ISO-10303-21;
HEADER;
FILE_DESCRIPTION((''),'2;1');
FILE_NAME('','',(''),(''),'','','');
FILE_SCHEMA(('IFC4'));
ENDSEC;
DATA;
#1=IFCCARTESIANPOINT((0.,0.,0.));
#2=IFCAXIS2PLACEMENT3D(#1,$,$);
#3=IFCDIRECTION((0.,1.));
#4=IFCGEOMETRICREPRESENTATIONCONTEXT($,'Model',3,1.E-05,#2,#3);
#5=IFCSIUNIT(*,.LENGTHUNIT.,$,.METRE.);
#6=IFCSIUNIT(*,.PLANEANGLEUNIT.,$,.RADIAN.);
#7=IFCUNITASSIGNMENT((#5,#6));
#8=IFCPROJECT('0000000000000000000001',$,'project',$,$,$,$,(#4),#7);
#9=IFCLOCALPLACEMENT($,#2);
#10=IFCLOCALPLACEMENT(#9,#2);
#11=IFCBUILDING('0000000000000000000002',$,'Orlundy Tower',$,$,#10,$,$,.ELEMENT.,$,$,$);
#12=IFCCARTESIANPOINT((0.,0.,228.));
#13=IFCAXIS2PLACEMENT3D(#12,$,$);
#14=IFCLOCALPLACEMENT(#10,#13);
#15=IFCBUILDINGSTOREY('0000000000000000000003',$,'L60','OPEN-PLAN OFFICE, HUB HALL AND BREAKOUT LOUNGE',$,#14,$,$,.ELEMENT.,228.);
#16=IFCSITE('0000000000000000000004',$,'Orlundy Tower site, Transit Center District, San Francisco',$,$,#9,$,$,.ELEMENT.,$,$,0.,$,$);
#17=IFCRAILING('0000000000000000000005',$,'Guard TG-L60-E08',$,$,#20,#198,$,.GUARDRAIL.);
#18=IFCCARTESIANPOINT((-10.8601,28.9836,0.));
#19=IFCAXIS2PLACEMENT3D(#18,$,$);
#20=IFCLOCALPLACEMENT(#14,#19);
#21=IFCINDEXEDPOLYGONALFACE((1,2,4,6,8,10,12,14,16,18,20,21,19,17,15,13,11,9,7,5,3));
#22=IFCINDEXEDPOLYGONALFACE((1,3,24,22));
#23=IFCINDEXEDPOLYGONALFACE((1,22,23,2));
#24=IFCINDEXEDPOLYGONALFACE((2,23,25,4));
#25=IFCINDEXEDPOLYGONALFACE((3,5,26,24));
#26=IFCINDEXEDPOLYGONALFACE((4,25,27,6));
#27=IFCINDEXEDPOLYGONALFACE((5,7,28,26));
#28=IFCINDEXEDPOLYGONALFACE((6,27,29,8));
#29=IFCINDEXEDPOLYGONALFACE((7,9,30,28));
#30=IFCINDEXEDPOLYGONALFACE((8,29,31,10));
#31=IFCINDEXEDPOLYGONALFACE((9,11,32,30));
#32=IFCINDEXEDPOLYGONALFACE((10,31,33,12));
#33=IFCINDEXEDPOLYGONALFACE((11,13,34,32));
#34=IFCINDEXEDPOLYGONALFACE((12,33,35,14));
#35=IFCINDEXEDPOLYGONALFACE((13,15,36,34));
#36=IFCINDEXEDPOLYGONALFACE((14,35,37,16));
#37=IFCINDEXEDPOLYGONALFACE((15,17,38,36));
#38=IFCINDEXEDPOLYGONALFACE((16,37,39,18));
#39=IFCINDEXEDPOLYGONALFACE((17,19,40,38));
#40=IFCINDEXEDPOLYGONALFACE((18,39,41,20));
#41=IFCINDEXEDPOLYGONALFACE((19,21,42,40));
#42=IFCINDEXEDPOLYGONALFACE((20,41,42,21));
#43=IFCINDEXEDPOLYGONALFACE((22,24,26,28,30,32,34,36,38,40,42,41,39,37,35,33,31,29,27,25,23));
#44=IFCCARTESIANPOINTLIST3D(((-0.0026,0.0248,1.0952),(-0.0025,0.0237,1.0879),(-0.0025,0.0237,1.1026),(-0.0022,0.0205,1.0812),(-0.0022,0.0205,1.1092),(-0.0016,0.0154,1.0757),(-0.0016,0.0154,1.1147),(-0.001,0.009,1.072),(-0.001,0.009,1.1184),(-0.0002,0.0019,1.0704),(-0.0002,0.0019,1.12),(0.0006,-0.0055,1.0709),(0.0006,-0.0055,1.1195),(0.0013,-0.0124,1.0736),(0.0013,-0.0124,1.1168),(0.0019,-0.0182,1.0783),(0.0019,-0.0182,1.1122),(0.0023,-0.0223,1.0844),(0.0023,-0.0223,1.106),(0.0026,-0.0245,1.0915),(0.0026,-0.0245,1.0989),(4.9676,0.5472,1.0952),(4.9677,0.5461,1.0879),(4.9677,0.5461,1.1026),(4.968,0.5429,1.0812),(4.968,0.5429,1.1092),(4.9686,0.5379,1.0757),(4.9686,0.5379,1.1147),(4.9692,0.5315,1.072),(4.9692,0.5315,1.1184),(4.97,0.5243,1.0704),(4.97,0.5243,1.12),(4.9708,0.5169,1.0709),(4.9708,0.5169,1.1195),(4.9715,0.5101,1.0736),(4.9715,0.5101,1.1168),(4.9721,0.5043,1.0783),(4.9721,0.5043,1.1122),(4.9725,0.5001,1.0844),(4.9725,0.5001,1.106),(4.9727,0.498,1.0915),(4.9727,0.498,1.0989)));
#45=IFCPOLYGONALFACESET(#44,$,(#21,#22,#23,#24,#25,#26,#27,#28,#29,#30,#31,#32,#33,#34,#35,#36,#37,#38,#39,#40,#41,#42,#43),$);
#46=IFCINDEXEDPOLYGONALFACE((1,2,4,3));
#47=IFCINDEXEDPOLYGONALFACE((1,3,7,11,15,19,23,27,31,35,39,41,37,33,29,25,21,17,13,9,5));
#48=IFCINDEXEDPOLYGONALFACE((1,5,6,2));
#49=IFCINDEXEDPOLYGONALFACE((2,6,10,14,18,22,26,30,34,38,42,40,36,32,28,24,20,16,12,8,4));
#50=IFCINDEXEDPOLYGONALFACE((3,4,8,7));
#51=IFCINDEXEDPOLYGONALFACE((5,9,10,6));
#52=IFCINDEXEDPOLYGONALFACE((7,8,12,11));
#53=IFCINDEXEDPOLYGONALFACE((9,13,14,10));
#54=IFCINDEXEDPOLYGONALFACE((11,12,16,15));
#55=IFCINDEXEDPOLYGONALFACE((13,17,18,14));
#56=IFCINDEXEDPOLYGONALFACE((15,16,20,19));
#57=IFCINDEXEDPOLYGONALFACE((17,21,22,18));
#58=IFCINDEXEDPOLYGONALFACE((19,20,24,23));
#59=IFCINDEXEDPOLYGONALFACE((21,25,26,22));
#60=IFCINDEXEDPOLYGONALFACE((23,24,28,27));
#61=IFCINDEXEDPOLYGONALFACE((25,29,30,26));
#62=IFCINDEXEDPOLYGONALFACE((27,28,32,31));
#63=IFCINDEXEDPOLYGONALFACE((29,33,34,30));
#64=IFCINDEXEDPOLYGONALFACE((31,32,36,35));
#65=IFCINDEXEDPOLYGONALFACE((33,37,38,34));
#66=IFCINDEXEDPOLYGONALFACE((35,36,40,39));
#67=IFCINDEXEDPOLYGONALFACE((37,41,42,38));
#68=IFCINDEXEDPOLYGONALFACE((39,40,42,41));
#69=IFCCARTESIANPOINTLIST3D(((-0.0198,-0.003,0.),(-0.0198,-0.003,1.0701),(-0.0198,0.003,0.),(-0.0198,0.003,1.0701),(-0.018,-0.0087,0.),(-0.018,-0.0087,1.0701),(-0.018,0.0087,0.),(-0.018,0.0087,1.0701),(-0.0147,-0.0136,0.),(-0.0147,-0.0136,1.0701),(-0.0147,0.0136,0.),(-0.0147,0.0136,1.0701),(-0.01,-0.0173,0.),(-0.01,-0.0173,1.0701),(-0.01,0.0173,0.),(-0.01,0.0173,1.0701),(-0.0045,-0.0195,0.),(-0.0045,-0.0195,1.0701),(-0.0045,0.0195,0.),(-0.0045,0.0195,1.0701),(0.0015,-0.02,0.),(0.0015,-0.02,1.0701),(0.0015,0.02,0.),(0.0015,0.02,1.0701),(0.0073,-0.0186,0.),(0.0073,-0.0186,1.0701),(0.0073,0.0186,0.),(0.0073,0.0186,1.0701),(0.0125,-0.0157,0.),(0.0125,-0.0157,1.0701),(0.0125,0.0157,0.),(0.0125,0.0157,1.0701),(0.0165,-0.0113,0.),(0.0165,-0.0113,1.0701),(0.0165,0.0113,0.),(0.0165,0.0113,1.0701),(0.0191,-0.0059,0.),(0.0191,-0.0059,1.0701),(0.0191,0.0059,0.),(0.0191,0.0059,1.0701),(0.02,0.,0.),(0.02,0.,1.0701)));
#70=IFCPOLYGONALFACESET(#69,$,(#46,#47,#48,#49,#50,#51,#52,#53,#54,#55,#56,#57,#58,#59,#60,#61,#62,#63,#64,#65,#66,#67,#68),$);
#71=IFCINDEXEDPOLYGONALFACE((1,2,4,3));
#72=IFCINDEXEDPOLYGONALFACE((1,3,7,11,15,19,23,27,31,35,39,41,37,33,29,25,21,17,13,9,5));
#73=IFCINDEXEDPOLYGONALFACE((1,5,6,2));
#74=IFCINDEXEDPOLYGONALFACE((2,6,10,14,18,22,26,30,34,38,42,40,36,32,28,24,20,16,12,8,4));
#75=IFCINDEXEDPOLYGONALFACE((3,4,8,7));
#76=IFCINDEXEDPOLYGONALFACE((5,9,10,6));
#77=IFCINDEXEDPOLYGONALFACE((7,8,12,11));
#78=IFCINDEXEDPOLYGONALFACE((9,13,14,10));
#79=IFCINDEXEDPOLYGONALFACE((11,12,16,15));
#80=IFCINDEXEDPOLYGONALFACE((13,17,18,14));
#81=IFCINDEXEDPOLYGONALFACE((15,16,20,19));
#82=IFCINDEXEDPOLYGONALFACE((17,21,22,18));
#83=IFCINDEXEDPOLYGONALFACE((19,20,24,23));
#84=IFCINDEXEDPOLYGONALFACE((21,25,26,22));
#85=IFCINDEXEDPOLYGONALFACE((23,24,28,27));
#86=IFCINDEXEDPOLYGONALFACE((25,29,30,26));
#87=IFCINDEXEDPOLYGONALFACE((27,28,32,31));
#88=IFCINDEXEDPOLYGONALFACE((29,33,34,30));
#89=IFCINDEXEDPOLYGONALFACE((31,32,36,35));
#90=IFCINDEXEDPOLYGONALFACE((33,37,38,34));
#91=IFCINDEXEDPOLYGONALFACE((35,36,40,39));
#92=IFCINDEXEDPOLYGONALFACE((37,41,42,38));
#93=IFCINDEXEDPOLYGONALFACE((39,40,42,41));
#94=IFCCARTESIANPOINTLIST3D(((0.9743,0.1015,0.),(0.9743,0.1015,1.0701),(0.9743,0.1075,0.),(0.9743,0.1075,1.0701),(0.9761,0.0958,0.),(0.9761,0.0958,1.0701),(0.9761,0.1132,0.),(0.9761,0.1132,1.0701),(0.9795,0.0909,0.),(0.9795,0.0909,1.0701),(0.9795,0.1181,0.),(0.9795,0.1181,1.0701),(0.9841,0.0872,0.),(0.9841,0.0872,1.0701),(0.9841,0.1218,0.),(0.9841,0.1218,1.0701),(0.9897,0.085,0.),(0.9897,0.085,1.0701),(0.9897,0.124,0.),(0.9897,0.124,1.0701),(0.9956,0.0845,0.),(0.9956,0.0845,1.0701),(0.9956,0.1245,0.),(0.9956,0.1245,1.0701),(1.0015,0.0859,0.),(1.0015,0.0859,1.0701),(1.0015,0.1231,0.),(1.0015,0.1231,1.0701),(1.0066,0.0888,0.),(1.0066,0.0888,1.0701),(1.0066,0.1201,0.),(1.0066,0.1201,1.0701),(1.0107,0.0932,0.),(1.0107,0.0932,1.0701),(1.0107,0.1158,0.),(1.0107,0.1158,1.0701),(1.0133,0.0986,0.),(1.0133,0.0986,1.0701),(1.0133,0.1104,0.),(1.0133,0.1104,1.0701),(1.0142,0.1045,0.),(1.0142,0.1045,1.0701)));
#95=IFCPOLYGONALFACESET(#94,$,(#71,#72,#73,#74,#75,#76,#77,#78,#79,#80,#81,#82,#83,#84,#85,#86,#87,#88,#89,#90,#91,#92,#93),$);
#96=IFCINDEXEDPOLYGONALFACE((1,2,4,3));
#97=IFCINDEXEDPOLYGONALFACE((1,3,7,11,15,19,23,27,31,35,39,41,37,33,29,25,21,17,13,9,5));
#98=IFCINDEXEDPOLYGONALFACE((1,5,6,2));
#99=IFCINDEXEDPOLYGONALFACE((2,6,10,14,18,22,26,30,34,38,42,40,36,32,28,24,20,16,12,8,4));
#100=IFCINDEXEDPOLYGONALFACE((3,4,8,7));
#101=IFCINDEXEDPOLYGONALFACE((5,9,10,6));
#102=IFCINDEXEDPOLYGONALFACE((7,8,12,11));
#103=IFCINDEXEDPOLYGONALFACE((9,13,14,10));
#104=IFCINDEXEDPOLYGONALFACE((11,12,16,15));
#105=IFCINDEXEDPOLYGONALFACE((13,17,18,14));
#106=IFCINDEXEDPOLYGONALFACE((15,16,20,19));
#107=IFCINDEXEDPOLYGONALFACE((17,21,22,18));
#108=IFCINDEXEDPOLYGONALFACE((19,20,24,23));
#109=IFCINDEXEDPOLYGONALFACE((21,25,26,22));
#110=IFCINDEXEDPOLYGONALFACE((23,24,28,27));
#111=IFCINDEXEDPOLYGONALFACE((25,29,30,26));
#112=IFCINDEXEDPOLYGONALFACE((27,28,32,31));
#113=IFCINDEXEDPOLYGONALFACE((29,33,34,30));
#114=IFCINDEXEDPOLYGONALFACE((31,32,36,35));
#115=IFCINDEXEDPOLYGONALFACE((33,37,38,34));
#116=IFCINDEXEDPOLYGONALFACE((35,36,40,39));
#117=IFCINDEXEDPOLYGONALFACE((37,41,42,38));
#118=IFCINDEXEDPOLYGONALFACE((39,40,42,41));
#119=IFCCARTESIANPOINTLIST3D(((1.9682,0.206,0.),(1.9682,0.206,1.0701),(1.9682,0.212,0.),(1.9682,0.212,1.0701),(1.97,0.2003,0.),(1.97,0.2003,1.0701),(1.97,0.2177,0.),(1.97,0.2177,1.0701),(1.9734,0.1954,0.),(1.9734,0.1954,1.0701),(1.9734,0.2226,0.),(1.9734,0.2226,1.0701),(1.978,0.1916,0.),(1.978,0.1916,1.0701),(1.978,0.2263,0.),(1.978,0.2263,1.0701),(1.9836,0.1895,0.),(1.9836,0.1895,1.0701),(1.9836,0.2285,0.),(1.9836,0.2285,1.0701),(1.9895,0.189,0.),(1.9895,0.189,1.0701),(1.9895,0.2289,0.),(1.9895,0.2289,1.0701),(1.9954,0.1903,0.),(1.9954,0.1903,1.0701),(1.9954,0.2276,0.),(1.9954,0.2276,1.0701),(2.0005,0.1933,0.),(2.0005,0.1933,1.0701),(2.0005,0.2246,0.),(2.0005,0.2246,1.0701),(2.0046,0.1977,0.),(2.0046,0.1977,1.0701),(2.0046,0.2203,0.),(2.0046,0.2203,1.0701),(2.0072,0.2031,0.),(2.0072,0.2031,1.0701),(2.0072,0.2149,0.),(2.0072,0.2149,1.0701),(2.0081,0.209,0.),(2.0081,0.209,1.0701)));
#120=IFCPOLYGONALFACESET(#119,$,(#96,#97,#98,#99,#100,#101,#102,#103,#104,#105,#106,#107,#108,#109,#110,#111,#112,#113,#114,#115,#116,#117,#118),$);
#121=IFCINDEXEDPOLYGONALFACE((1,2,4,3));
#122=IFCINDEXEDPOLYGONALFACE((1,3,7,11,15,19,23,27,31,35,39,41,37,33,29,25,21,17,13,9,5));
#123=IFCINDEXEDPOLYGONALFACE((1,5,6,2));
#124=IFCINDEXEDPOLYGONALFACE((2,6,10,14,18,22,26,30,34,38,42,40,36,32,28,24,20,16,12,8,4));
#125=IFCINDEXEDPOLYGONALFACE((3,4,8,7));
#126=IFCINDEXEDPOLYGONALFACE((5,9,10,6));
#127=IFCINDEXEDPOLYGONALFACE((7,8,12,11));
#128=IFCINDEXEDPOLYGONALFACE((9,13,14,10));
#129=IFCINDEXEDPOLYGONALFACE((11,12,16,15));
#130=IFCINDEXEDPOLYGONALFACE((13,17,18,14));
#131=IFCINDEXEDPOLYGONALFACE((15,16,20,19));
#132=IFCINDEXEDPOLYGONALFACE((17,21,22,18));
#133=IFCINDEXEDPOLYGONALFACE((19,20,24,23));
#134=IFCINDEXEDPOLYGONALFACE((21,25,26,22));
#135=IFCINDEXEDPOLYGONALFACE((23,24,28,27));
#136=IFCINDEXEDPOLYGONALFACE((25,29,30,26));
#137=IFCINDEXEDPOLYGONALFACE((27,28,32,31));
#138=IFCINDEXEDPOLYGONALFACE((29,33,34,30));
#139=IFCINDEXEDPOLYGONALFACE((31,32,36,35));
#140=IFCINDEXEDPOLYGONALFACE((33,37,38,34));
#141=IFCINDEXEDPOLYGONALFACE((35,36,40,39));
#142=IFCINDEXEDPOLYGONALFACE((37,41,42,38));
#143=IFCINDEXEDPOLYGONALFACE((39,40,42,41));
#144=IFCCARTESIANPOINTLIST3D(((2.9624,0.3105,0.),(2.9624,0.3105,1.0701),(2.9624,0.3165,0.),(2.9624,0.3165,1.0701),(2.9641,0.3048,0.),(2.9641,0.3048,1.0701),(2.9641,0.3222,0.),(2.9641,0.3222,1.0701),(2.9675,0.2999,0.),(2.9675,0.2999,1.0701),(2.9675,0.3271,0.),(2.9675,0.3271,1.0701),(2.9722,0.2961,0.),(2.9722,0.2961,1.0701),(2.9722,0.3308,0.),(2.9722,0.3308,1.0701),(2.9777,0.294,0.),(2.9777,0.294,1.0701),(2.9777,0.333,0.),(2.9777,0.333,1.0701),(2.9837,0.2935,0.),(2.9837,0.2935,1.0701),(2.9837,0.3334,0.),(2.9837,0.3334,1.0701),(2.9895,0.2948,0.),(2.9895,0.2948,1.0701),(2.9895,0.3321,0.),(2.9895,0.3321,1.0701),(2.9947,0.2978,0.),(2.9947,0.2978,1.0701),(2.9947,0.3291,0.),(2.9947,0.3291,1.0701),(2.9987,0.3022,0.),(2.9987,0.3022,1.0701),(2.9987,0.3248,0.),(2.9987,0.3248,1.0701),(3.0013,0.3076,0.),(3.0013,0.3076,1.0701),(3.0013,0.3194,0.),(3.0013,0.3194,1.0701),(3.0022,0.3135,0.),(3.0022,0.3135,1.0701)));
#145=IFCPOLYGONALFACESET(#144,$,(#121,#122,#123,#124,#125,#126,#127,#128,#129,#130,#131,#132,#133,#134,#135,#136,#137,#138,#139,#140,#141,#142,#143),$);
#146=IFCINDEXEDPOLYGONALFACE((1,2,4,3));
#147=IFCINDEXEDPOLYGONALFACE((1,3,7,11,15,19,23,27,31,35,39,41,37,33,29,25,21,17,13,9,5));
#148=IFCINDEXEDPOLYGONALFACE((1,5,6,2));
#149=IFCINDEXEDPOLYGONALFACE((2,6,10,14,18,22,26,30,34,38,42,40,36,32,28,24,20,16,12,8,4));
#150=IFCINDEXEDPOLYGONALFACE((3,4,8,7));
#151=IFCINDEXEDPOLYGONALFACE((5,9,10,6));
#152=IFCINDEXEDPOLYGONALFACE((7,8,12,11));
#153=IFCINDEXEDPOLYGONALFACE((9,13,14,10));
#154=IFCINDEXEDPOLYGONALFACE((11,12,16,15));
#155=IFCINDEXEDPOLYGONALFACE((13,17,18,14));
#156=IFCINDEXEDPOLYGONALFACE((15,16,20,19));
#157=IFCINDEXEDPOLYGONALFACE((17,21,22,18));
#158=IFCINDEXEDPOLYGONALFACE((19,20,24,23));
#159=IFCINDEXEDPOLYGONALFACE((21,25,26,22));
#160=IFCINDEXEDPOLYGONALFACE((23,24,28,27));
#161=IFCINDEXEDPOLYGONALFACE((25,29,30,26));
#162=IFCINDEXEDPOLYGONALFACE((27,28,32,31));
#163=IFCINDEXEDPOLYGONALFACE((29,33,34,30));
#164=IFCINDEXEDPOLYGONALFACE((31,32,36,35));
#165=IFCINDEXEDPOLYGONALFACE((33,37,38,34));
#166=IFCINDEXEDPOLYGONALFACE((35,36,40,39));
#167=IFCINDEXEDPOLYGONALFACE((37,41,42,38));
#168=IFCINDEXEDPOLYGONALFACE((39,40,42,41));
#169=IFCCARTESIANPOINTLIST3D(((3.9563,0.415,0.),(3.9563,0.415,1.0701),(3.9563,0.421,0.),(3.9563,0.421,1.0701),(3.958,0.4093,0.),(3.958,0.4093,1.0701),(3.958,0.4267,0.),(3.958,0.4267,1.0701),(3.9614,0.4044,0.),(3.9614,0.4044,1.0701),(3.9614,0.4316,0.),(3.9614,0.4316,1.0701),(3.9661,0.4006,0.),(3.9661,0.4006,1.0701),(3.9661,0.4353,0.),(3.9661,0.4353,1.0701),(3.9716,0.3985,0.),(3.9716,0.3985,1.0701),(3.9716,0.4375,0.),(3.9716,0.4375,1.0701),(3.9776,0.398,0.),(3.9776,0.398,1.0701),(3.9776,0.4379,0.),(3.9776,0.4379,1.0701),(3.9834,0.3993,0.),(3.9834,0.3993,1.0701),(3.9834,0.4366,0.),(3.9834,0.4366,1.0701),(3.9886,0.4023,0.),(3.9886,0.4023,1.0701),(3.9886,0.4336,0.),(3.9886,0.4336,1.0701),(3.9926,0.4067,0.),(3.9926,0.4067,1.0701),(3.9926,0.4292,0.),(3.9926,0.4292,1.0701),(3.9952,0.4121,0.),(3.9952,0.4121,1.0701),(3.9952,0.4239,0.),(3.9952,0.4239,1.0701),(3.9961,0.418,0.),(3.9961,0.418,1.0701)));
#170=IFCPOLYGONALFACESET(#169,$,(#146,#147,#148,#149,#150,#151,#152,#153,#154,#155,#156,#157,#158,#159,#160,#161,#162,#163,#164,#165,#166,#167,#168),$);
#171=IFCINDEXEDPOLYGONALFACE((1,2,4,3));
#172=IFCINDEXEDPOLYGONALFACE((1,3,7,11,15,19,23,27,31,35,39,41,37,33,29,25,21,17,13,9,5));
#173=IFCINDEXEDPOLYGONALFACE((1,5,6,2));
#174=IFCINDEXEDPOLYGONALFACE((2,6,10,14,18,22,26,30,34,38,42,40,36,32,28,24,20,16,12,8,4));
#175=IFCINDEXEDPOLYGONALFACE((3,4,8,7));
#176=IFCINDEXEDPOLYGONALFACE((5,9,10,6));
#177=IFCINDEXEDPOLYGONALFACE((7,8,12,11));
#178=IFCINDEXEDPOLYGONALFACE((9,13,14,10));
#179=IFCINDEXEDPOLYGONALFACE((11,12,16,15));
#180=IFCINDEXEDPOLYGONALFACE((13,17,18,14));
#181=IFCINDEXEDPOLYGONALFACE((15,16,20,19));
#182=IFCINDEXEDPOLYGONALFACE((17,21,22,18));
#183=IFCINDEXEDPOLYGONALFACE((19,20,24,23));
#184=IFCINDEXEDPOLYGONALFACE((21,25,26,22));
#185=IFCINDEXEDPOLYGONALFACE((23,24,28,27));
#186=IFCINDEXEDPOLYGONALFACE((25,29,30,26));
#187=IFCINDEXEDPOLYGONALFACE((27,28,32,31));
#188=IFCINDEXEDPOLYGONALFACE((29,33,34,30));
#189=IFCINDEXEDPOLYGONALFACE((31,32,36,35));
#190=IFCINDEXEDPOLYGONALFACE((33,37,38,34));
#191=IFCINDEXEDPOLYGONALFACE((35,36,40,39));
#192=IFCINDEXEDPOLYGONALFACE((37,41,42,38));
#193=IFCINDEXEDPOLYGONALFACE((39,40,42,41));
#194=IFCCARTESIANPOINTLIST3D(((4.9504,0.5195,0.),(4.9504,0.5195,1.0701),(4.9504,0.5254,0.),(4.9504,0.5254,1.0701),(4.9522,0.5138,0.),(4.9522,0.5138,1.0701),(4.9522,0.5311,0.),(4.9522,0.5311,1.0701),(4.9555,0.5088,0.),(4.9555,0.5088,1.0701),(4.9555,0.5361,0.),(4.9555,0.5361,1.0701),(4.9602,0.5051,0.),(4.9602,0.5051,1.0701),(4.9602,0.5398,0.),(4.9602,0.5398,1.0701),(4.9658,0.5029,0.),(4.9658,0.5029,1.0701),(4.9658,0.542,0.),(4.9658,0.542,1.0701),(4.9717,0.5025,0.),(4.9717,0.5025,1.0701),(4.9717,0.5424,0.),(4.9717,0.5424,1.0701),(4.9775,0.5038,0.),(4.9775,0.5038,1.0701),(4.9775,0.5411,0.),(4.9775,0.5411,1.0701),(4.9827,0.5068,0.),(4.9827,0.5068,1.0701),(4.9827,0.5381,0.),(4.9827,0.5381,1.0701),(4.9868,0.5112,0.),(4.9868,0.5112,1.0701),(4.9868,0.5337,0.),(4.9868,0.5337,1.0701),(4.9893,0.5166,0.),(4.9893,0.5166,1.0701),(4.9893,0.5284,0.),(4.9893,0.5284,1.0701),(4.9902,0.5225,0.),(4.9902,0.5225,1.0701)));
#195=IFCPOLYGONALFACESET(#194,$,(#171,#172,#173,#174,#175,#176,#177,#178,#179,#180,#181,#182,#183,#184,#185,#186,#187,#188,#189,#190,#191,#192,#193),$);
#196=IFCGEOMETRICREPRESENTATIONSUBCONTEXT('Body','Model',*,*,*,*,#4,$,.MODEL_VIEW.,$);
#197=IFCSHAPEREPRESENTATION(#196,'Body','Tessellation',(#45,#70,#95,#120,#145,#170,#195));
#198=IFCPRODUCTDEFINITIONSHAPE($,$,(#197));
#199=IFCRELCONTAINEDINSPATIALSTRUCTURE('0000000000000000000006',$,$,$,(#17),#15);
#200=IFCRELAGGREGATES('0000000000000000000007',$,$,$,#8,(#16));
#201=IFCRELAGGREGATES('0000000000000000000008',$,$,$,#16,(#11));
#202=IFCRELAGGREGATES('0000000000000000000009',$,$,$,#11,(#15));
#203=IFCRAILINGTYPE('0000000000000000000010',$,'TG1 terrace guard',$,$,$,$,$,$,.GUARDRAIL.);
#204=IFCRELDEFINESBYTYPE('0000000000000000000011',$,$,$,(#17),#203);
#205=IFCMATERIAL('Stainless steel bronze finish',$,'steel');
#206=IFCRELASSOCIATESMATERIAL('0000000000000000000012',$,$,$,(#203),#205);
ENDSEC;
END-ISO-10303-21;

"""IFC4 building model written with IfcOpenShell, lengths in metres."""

from ifc_helpers import new_model, si_unit, direction, frame, origin, origin_2d, place, context, subcontext, project, spatial, circle, extrude, material, type_object, element, save


model = new_model("IFC4")

# Units and contexts
model_context = context("Model", 3, precision=1e-05, world=origin(), true_north=direction((0.0, 1.0)))
body_context = subcontext(model_context, "Body", "Model", "MODEL_VIEW")
ifc_project = project(units=[si_unit("LENGTHUNIT", "METRE"), si_unit("PLANEANGLEUNIT", "RADIAN")], contexts=[model_context])

# Site, building, storey
site_placement = place(None, origin())
site = spatial("IfcSite", under=ifc_project, at=site_placement, Name="Orlundy Tower site, Transit Center District, San Francisco", CompositionType="ELEMENT", RefElevation=0.0)
building_placement = place(site_placement, origin())
building = spatial("IfcBuilding", under=site, at=building_placement, Name="Orlundy Tower", CompositionType="ELEMENT")
storey_placement = place(building_placement, frame((0.0, 0.0, 228.0)))
storey = spatial("IfcBuildingStorey", under=building, at=storey_placement, Name="L60", Description="OPEN-PLAN OFFICE, HUB HALL AND BREAKOUT LOUNGE", CompositionType="ELEMENT", Elevation=228.0)

# Railing
ifc_material_1 = material(Name="Stainless steel bronze finish", Category="steel")
railing_type_1 = type_object("IfcRailingType", Name="TG1 terrace guard", PredefinedType="GUARDRAIL", material=ifc_material_1)
railing_1_placement = place(storey_placement, frame((-10.8601, 28.9836, 0.0)))
element("IfcRailing", 1, at=railing_1_placement, inside=storey, type_object=railing_type_1, Name="Guard TG-L60-E08", PredefinedType="GUARDRAIL", context=body_context, shape_type="SweptSolid", body=[
    extrude(circle(Radius=0.0249, at=origin_2d()), frame((0.0, 0.0, 1.0952), z_axis=(0.99452, 0.104542, 0.0), x_axis=(-0.104542, 0.99452, 0.0)), (0.0, 0.0, 1.0), 4.9976),
    extrude(circle(Radius=0.02, at=origin_2d()), origin(), (0.0, 0.0, 1.0), 1.0701),
    extrude(circle(Radius=0.02, at=origin_2d()), frame((0.9941, 0.1045, 0.0)), (0.0, 0.0, 1.0), 1.0701),
    extrude(circle(Radius=0.02, at=origin_2d()), frame((1.988, 0.209, 0.0)), (0.0, 0.0, 1.0), 1.0701),
    extrude(circle(Radius=0.02, at=origin_2d()), frame((2.9822, 0.3135, 0.0)), (0.0, 0.0, 1.0), 1.0701),
    extrude(circle(Radius=0.02, at=origin_2d()), frame((3.9761, 0.418, 0.0)), (0.0, 0.0, 1.0), 1.0701),
    extrude(circle(Radius=0.02, at=origin_2d()), frame((4.9702, 0.5225, 0.0)), (0.0, 0.0, 1.0), 1.0701),
])

save(model, "model.ifc")
